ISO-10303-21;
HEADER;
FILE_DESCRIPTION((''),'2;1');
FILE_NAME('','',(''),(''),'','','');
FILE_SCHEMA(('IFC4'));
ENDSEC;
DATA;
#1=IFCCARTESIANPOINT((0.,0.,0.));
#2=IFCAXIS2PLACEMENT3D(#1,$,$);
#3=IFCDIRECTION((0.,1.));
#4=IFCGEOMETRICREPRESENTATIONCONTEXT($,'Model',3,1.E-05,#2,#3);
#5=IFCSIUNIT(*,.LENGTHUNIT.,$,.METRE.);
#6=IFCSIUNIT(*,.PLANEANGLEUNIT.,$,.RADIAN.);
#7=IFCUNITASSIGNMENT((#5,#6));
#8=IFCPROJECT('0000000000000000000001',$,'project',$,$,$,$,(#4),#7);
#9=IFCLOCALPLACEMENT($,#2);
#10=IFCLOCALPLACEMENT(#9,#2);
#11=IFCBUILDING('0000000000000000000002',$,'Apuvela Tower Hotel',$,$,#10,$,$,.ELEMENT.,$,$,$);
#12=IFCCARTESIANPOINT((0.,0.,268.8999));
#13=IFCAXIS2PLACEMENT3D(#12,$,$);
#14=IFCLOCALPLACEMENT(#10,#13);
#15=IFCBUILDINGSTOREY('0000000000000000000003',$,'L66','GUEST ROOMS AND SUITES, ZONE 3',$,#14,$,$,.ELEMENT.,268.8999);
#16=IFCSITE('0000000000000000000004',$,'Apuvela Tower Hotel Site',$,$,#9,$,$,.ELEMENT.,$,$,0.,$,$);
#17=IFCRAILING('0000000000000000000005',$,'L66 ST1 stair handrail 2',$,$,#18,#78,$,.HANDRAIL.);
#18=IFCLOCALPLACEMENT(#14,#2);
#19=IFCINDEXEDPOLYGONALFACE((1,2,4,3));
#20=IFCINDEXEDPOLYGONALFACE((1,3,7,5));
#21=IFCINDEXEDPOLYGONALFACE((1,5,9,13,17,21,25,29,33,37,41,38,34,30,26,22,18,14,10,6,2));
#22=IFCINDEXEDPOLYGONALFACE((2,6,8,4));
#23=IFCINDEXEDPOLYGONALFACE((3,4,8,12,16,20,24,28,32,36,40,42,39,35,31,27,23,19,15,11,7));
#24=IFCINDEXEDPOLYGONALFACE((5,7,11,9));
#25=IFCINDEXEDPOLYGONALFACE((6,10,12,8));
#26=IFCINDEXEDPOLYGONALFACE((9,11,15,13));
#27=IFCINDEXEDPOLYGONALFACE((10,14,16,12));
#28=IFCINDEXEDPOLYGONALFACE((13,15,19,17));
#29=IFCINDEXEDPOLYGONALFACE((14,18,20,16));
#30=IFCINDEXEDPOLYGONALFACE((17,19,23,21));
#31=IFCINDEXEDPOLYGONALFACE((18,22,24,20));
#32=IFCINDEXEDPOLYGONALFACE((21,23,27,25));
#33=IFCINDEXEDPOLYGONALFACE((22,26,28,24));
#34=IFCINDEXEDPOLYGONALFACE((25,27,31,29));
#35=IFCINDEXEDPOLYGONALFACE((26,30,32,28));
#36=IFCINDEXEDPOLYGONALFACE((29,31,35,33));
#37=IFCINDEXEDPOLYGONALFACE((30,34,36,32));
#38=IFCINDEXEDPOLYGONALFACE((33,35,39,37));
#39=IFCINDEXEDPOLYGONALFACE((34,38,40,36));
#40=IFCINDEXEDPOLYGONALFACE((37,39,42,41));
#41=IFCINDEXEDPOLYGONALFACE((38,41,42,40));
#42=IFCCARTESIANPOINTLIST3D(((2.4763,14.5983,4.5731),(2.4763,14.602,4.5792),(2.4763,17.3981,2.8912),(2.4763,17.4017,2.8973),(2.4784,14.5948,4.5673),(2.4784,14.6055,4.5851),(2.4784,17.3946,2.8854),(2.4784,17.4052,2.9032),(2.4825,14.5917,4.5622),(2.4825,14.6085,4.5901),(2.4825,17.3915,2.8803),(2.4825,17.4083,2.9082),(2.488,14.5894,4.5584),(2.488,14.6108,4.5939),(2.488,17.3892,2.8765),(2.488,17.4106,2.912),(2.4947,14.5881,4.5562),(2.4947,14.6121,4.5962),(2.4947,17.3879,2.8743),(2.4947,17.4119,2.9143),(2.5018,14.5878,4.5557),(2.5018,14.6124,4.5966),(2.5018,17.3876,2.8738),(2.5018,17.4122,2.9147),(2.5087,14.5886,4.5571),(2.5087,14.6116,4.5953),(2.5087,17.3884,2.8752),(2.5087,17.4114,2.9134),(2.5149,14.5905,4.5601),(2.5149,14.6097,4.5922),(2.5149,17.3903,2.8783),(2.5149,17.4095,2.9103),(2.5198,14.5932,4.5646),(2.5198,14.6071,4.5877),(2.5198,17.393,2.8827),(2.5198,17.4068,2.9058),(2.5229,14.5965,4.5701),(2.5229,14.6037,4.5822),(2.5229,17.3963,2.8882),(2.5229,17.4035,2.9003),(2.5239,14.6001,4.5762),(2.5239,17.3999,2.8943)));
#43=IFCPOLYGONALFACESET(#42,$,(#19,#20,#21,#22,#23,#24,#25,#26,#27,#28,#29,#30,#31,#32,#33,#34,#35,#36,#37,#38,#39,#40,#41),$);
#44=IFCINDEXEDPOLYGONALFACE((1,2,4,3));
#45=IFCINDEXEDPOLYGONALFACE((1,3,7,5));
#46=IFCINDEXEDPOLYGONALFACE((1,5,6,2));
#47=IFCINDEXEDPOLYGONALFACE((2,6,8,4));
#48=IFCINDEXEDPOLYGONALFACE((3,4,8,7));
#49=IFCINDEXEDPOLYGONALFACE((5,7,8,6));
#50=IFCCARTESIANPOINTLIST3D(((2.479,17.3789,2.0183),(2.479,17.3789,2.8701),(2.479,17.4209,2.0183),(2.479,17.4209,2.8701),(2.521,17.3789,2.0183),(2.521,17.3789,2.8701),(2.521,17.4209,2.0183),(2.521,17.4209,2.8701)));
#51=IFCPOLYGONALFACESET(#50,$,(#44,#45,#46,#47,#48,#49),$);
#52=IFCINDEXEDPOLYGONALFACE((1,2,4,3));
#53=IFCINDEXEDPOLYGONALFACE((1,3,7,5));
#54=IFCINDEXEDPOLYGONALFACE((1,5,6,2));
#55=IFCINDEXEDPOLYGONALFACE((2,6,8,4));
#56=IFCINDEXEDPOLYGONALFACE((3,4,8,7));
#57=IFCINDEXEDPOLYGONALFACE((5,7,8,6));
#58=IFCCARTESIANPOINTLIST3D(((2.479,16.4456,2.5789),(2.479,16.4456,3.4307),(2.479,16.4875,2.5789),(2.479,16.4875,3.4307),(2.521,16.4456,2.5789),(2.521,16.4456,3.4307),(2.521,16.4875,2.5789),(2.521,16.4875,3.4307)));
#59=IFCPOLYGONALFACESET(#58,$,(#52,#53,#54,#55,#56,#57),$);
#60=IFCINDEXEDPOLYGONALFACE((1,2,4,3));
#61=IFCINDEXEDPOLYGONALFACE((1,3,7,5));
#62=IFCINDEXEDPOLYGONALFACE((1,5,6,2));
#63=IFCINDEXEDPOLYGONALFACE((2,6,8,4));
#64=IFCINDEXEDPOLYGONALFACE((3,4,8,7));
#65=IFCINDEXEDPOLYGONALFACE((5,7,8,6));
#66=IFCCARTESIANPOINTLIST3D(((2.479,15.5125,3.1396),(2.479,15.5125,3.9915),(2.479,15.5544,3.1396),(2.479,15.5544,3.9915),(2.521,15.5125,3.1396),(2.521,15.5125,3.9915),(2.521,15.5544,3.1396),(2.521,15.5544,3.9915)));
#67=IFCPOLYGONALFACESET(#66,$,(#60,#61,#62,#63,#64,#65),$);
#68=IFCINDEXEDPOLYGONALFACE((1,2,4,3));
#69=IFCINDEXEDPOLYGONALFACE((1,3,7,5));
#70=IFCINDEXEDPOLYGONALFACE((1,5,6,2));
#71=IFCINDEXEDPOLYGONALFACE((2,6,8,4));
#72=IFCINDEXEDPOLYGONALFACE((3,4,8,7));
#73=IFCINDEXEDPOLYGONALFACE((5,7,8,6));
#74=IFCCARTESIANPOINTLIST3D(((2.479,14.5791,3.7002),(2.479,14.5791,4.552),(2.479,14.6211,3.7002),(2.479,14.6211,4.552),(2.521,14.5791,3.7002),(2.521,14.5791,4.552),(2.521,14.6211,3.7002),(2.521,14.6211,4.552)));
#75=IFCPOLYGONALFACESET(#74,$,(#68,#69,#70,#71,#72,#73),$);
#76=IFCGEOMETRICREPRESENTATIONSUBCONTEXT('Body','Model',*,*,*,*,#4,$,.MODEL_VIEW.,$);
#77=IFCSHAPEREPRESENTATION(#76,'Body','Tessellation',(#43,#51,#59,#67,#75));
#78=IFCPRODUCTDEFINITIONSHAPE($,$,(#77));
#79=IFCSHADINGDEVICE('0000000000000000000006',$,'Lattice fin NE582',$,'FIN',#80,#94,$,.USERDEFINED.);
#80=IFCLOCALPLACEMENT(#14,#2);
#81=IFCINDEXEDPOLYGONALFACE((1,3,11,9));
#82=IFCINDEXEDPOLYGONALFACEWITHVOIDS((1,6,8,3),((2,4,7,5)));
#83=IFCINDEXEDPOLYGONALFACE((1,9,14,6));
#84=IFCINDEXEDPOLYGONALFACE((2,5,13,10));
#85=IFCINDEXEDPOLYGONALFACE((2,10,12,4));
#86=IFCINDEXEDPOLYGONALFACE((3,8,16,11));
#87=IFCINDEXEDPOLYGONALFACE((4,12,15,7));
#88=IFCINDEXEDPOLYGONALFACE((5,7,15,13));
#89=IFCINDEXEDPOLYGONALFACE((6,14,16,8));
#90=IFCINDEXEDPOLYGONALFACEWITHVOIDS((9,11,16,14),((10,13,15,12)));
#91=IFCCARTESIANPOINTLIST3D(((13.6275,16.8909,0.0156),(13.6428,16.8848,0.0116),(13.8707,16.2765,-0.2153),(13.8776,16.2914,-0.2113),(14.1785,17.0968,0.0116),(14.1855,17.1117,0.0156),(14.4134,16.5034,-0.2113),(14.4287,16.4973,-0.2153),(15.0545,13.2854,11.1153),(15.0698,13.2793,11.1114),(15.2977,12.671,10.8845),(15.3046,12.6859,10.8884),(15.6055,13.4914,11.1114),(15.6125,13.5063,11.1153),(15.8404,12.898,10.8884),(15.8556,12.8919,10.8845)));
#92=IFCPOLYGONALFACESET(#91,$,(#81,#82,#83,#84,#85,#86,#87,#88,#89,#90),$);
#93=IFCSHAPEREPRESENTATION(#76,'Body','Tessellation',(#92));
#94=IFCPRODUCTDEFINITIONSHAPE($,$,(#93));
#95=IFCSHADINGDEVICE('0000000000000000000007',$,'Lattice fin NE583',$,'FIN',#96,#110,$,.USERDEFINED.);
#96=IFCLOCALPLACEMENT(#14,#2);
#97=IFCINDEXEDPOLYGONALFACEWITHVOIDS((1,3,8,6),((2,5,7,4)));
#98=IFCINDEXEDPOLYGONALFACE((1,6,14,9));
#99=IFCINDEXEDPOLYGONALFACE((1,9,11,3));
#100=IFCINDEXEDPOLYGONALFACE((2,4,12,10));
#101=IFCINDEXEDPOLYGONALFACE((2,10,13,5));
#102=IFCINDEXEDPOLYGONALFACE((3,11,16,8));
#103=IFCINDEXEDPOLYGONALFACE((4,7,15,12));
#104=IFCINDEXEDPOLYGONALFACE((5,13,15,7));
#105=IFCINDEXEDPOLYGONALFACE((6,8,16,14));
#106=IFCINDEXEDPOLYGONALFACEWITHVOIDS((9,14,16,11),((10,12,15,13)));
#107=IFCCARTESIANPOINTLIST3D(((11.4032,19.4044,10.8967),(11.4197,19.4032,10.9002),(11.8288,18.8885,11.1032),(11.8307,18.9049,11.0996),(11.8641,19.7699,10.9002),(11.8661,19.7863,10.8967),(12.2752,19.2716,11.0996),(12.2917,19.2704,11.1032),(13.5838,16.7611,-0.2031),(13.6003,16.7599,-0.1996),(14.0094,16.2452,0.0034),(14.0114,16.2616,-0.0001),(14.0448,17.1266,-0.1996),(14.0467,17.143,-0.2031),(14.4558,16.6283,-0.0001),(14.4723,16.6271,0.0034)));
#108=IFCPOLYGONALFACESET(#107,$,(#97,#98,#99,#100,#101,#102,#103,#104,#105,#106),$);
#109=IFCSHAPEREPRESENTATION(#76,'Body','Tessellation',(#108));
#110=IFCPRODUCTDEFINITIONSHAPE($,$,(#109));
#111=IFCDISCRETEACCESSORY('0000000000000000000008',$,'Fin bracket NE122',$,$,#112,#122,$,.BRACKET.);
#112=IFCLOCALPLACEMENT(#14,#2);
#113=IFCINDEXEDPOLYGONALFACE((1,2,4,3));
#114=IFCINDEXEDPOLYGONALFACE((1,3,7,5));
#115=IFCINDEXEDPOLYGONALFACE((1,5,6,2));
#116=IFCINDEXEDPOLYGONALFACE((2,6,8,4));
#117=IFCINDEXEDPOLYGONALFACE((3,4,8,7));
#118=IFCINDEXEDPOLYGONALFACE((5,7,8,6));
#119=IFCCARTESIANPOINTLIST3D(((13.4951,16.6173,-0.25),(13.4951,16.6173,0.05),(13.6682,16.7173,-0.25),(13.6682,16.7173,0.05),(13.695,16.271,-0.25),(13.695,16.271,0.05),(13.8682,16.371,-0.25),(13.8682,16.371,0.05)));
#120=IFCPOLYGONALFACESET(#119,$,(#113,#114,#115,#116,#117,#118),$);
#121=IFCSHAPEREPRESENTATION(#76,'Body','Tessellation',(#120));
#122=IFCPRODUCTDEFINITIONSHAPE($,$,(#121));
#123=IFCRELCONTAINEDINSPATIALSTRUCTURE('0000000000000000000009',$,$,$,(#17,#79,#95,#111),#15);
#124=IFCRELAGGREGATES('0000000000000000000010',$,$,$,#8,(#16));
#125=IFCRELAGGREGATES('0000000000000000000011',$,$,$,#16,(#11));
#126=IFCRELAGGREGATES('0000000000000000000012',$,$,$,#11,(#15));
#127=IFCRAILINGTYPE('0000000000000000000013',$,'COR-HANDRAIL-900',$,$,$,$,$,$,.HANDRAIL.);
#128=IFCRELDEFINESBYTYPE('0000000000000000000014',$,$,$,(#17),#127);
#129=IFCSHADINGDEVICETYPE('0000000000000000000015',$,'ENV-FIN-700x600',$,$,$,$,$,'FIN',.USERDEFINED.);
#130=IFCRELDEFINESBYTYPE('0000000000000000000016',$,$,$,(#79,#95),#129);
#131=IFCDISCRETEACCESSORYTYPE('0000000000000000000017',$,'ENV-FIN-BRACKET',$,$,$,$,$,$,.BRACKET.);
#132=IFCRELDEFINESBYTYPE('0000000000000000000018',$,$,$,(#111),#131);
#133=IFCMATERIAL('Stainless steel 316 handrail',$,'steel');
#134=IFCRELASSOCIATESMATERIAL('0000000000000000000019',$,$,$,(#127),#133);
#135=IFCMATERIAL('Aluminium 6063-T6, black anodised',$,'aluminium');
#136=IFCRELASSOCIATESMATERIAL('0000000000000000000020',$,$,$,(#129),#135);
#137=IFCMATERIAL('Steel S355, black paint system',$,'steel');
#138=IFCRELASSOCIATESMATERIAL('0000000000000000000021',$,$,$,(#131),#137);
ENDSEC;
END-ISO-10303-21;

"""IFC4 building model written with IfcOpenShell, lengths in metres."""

from ifc_helpers import new_model, si_unit, direction, frame, origin, origin_2d, place, context, subcontext, project, spatial, rectangle, hollow_rectangle, circle, extrude, material, material_profile, profile_set, type_object, element, save


model = new_model("IFC4")

# Units and contexts
model_context = context("Model", 3, precision=1e-05, world=origin(), true_north=direction((0.0, 1.0)))
body_context = subcontext(model_context, "Body", "Model", "MODEL_VIEW")
ifc_project = project(units=[si_unit("LENGTHUNIT", "METRE"), si_unit("PLANEANGLEUNIT", "RADIAN")], contexts=[model_context])

# Site, building, storey
site_placement = place(None, origin())
site = spatial("IfcSite", under=ifc_project, at=site_placement, Name="Apuvela Tower Hotel Site", CompositionType="ELEMENT", RefElevation=0.0)
building_placement = place(site_placement, origin())
building = spatial("IfcBuilding", under=site, at=building_placement, Name="Apuvela Tower Hotel", CompositionType="ELEMENT")
storey_placement = place(building_placement, frame((0.0, 0.0, 268.8999)))
storey = spatial("IfcBuildingStorey", under=building, at=storey_placement, Name="L66", Description="GUEST ROOMS AND SUITES, ZONE 3", CompositionType="ELEMENT", Elevation=268.8999)

# Railing
ifc_material_1 = material(Name="Stainless steel 316 handrail", Category="steel")
railing_type_1 = type_object("IfcRailingType", Name="COR-HANDRAIL-900", PredefinedType="HANDRAIL", material=ifc_material_1)
railing_1_placement = place(storey_placement, frame((2.5, 17.3999, 2.0183)))
element("IfcRailing", 1, at=railing_1_placement, inside=storey, type_object=railing_type_1, Name="L66 ST1 stair handrail 2", PredefinedType="HANDRAIL", context=body_context, shape_type="SweptSolid", body=[
    extrude(circle(Radius=0.0239, at=origin_2d()), frame((0.0, 0.0, 0.876), z_axis=(0.0, -0.857222, 0.514946), x_axis=(1.0, 0.0, 0.0)), (0.0, 0.0, 1.0), 3.2661),
    extrude(rectangle(XDim=0.042, YDim=0.042, at=origin_2d()), origin(), (0.0, 0.0, 1.0), 0.8518),
    extrude(rectangle(XDim=0.042, YDim=0.042, at=origin_2d()), frame((0.0, -0.9333, 0.5605)), (0.0, 0.0, 1.0), 0.8518),
    extrude(rectangle(XDim=0.042, YDim=0.042, at=origin_2d()), frame((0.0, -1.8665, 1.1213)), (0.0, 0.0, 1.0), 0.8518),
    extrude(rectangle(XDim=0.042, YDim=0.042, at=origin_2d()), frame((0.0, -2.7998, 1.6819)), (0.0, 0.0, 1.0), 0.8518),
])

# Shading devices
ifc_material_2 = material(Name="Aluminium 6063-T6, black anodised", Category="aluminium")
ifc_material_profile_1 = material_profile(ifc_material_2, hollow_rectangle(XDim=0.6001, YDim=0.7, WallThickness=0.012, at=origin_2d()), Name="AL BOX 700x600x12")
ifc_profile_set_1 = profile_set([ifc_material_profile_1], Name="Aluminium 6063-T6, black anodised")
shading_device_type = type_object("IfcShadingDeviceType", Name="ENV-FIN-700x600", ElementType="FIN", PredefinedType="USERDEFINED", material=ifc_profile_set_1)
shading_device_1_placement = place(storey_placement, frame((14.0281, 16.6941, -0.0999), z_axis=(0.121368, -0.306649, 0.944053), x_axis=(0.929821, 0.368012, 0.0)))
element("IfcShadingDevice", 2, at=shading_device_1_placement, inside=storey, type_object=shading_device_type, Name="Lattice fin NE582", ObjectType="FIN", PredefinedType="USERDEFINED", context=body_context, shape_type="SweptSolid", body=[
    extrude(hollow_rectangle(XDim=0.6001, YDim=0.7, WallThickness=0.012, at=origin_2d()), origin(), (0.0, 0.0, 1.0), 11.7576),
])
shading_device_2_placement = place(storey_placement, frame((14.0281, 16.6941, -0.0999), z_axis=(-0.187717, 0.227543, 0.955503), x_axis=(-0.771383, -0.636371, 0.0)))
element("IfcShadingDevice", 3, at=shading_device_2_placement, inside=storey, type_object=shading_device_type, Name="Lattice fin NE583", ObjectType="FIN", PredefinedType="USERDEFINED", context=body_context, shape_type="SweptSolid", body=[
    extrude(hollow_rectangle(XDim=0.6001, YDim=0.7, WallThickness=0.012, at=origin_2d()), origin(), (0.0, 0.0, 1.0), 11.6167),
])

# Discrete accessory
ifc_material_3 = material(Name="Steel S355, black paint system", Category="steel")
discrete_accessory_type = type_object("IfcDiscreteAccessoryType", Name="ENV-FIN-BRACKET", PredefinedType="BRACKET", material=ifc_material_3)
discrete_accessory_placement = place(storey_placement, frame((13.6816, 16.4941, -0.25), z_axis=(0.0, 0.0, 1.0), x_axis=(-0.5, 0.866025, 0.0)))
element("IfcDiscreteAccessory", 4, at=discrete_accessory_placement, inside=storey, type_object=discrete_accessory_type, Name="Fin bracket NE122", PredefinedType="BRACKET", context=body_context, shape_type="SweptSolid", body=[
    extrude(rectangle(XDim=0.3999, YDim=0.2, at=origin_2d()), origin(), (0.0, 0.0, 1.0), 0.3),
])

save(model, "model.ifc")
